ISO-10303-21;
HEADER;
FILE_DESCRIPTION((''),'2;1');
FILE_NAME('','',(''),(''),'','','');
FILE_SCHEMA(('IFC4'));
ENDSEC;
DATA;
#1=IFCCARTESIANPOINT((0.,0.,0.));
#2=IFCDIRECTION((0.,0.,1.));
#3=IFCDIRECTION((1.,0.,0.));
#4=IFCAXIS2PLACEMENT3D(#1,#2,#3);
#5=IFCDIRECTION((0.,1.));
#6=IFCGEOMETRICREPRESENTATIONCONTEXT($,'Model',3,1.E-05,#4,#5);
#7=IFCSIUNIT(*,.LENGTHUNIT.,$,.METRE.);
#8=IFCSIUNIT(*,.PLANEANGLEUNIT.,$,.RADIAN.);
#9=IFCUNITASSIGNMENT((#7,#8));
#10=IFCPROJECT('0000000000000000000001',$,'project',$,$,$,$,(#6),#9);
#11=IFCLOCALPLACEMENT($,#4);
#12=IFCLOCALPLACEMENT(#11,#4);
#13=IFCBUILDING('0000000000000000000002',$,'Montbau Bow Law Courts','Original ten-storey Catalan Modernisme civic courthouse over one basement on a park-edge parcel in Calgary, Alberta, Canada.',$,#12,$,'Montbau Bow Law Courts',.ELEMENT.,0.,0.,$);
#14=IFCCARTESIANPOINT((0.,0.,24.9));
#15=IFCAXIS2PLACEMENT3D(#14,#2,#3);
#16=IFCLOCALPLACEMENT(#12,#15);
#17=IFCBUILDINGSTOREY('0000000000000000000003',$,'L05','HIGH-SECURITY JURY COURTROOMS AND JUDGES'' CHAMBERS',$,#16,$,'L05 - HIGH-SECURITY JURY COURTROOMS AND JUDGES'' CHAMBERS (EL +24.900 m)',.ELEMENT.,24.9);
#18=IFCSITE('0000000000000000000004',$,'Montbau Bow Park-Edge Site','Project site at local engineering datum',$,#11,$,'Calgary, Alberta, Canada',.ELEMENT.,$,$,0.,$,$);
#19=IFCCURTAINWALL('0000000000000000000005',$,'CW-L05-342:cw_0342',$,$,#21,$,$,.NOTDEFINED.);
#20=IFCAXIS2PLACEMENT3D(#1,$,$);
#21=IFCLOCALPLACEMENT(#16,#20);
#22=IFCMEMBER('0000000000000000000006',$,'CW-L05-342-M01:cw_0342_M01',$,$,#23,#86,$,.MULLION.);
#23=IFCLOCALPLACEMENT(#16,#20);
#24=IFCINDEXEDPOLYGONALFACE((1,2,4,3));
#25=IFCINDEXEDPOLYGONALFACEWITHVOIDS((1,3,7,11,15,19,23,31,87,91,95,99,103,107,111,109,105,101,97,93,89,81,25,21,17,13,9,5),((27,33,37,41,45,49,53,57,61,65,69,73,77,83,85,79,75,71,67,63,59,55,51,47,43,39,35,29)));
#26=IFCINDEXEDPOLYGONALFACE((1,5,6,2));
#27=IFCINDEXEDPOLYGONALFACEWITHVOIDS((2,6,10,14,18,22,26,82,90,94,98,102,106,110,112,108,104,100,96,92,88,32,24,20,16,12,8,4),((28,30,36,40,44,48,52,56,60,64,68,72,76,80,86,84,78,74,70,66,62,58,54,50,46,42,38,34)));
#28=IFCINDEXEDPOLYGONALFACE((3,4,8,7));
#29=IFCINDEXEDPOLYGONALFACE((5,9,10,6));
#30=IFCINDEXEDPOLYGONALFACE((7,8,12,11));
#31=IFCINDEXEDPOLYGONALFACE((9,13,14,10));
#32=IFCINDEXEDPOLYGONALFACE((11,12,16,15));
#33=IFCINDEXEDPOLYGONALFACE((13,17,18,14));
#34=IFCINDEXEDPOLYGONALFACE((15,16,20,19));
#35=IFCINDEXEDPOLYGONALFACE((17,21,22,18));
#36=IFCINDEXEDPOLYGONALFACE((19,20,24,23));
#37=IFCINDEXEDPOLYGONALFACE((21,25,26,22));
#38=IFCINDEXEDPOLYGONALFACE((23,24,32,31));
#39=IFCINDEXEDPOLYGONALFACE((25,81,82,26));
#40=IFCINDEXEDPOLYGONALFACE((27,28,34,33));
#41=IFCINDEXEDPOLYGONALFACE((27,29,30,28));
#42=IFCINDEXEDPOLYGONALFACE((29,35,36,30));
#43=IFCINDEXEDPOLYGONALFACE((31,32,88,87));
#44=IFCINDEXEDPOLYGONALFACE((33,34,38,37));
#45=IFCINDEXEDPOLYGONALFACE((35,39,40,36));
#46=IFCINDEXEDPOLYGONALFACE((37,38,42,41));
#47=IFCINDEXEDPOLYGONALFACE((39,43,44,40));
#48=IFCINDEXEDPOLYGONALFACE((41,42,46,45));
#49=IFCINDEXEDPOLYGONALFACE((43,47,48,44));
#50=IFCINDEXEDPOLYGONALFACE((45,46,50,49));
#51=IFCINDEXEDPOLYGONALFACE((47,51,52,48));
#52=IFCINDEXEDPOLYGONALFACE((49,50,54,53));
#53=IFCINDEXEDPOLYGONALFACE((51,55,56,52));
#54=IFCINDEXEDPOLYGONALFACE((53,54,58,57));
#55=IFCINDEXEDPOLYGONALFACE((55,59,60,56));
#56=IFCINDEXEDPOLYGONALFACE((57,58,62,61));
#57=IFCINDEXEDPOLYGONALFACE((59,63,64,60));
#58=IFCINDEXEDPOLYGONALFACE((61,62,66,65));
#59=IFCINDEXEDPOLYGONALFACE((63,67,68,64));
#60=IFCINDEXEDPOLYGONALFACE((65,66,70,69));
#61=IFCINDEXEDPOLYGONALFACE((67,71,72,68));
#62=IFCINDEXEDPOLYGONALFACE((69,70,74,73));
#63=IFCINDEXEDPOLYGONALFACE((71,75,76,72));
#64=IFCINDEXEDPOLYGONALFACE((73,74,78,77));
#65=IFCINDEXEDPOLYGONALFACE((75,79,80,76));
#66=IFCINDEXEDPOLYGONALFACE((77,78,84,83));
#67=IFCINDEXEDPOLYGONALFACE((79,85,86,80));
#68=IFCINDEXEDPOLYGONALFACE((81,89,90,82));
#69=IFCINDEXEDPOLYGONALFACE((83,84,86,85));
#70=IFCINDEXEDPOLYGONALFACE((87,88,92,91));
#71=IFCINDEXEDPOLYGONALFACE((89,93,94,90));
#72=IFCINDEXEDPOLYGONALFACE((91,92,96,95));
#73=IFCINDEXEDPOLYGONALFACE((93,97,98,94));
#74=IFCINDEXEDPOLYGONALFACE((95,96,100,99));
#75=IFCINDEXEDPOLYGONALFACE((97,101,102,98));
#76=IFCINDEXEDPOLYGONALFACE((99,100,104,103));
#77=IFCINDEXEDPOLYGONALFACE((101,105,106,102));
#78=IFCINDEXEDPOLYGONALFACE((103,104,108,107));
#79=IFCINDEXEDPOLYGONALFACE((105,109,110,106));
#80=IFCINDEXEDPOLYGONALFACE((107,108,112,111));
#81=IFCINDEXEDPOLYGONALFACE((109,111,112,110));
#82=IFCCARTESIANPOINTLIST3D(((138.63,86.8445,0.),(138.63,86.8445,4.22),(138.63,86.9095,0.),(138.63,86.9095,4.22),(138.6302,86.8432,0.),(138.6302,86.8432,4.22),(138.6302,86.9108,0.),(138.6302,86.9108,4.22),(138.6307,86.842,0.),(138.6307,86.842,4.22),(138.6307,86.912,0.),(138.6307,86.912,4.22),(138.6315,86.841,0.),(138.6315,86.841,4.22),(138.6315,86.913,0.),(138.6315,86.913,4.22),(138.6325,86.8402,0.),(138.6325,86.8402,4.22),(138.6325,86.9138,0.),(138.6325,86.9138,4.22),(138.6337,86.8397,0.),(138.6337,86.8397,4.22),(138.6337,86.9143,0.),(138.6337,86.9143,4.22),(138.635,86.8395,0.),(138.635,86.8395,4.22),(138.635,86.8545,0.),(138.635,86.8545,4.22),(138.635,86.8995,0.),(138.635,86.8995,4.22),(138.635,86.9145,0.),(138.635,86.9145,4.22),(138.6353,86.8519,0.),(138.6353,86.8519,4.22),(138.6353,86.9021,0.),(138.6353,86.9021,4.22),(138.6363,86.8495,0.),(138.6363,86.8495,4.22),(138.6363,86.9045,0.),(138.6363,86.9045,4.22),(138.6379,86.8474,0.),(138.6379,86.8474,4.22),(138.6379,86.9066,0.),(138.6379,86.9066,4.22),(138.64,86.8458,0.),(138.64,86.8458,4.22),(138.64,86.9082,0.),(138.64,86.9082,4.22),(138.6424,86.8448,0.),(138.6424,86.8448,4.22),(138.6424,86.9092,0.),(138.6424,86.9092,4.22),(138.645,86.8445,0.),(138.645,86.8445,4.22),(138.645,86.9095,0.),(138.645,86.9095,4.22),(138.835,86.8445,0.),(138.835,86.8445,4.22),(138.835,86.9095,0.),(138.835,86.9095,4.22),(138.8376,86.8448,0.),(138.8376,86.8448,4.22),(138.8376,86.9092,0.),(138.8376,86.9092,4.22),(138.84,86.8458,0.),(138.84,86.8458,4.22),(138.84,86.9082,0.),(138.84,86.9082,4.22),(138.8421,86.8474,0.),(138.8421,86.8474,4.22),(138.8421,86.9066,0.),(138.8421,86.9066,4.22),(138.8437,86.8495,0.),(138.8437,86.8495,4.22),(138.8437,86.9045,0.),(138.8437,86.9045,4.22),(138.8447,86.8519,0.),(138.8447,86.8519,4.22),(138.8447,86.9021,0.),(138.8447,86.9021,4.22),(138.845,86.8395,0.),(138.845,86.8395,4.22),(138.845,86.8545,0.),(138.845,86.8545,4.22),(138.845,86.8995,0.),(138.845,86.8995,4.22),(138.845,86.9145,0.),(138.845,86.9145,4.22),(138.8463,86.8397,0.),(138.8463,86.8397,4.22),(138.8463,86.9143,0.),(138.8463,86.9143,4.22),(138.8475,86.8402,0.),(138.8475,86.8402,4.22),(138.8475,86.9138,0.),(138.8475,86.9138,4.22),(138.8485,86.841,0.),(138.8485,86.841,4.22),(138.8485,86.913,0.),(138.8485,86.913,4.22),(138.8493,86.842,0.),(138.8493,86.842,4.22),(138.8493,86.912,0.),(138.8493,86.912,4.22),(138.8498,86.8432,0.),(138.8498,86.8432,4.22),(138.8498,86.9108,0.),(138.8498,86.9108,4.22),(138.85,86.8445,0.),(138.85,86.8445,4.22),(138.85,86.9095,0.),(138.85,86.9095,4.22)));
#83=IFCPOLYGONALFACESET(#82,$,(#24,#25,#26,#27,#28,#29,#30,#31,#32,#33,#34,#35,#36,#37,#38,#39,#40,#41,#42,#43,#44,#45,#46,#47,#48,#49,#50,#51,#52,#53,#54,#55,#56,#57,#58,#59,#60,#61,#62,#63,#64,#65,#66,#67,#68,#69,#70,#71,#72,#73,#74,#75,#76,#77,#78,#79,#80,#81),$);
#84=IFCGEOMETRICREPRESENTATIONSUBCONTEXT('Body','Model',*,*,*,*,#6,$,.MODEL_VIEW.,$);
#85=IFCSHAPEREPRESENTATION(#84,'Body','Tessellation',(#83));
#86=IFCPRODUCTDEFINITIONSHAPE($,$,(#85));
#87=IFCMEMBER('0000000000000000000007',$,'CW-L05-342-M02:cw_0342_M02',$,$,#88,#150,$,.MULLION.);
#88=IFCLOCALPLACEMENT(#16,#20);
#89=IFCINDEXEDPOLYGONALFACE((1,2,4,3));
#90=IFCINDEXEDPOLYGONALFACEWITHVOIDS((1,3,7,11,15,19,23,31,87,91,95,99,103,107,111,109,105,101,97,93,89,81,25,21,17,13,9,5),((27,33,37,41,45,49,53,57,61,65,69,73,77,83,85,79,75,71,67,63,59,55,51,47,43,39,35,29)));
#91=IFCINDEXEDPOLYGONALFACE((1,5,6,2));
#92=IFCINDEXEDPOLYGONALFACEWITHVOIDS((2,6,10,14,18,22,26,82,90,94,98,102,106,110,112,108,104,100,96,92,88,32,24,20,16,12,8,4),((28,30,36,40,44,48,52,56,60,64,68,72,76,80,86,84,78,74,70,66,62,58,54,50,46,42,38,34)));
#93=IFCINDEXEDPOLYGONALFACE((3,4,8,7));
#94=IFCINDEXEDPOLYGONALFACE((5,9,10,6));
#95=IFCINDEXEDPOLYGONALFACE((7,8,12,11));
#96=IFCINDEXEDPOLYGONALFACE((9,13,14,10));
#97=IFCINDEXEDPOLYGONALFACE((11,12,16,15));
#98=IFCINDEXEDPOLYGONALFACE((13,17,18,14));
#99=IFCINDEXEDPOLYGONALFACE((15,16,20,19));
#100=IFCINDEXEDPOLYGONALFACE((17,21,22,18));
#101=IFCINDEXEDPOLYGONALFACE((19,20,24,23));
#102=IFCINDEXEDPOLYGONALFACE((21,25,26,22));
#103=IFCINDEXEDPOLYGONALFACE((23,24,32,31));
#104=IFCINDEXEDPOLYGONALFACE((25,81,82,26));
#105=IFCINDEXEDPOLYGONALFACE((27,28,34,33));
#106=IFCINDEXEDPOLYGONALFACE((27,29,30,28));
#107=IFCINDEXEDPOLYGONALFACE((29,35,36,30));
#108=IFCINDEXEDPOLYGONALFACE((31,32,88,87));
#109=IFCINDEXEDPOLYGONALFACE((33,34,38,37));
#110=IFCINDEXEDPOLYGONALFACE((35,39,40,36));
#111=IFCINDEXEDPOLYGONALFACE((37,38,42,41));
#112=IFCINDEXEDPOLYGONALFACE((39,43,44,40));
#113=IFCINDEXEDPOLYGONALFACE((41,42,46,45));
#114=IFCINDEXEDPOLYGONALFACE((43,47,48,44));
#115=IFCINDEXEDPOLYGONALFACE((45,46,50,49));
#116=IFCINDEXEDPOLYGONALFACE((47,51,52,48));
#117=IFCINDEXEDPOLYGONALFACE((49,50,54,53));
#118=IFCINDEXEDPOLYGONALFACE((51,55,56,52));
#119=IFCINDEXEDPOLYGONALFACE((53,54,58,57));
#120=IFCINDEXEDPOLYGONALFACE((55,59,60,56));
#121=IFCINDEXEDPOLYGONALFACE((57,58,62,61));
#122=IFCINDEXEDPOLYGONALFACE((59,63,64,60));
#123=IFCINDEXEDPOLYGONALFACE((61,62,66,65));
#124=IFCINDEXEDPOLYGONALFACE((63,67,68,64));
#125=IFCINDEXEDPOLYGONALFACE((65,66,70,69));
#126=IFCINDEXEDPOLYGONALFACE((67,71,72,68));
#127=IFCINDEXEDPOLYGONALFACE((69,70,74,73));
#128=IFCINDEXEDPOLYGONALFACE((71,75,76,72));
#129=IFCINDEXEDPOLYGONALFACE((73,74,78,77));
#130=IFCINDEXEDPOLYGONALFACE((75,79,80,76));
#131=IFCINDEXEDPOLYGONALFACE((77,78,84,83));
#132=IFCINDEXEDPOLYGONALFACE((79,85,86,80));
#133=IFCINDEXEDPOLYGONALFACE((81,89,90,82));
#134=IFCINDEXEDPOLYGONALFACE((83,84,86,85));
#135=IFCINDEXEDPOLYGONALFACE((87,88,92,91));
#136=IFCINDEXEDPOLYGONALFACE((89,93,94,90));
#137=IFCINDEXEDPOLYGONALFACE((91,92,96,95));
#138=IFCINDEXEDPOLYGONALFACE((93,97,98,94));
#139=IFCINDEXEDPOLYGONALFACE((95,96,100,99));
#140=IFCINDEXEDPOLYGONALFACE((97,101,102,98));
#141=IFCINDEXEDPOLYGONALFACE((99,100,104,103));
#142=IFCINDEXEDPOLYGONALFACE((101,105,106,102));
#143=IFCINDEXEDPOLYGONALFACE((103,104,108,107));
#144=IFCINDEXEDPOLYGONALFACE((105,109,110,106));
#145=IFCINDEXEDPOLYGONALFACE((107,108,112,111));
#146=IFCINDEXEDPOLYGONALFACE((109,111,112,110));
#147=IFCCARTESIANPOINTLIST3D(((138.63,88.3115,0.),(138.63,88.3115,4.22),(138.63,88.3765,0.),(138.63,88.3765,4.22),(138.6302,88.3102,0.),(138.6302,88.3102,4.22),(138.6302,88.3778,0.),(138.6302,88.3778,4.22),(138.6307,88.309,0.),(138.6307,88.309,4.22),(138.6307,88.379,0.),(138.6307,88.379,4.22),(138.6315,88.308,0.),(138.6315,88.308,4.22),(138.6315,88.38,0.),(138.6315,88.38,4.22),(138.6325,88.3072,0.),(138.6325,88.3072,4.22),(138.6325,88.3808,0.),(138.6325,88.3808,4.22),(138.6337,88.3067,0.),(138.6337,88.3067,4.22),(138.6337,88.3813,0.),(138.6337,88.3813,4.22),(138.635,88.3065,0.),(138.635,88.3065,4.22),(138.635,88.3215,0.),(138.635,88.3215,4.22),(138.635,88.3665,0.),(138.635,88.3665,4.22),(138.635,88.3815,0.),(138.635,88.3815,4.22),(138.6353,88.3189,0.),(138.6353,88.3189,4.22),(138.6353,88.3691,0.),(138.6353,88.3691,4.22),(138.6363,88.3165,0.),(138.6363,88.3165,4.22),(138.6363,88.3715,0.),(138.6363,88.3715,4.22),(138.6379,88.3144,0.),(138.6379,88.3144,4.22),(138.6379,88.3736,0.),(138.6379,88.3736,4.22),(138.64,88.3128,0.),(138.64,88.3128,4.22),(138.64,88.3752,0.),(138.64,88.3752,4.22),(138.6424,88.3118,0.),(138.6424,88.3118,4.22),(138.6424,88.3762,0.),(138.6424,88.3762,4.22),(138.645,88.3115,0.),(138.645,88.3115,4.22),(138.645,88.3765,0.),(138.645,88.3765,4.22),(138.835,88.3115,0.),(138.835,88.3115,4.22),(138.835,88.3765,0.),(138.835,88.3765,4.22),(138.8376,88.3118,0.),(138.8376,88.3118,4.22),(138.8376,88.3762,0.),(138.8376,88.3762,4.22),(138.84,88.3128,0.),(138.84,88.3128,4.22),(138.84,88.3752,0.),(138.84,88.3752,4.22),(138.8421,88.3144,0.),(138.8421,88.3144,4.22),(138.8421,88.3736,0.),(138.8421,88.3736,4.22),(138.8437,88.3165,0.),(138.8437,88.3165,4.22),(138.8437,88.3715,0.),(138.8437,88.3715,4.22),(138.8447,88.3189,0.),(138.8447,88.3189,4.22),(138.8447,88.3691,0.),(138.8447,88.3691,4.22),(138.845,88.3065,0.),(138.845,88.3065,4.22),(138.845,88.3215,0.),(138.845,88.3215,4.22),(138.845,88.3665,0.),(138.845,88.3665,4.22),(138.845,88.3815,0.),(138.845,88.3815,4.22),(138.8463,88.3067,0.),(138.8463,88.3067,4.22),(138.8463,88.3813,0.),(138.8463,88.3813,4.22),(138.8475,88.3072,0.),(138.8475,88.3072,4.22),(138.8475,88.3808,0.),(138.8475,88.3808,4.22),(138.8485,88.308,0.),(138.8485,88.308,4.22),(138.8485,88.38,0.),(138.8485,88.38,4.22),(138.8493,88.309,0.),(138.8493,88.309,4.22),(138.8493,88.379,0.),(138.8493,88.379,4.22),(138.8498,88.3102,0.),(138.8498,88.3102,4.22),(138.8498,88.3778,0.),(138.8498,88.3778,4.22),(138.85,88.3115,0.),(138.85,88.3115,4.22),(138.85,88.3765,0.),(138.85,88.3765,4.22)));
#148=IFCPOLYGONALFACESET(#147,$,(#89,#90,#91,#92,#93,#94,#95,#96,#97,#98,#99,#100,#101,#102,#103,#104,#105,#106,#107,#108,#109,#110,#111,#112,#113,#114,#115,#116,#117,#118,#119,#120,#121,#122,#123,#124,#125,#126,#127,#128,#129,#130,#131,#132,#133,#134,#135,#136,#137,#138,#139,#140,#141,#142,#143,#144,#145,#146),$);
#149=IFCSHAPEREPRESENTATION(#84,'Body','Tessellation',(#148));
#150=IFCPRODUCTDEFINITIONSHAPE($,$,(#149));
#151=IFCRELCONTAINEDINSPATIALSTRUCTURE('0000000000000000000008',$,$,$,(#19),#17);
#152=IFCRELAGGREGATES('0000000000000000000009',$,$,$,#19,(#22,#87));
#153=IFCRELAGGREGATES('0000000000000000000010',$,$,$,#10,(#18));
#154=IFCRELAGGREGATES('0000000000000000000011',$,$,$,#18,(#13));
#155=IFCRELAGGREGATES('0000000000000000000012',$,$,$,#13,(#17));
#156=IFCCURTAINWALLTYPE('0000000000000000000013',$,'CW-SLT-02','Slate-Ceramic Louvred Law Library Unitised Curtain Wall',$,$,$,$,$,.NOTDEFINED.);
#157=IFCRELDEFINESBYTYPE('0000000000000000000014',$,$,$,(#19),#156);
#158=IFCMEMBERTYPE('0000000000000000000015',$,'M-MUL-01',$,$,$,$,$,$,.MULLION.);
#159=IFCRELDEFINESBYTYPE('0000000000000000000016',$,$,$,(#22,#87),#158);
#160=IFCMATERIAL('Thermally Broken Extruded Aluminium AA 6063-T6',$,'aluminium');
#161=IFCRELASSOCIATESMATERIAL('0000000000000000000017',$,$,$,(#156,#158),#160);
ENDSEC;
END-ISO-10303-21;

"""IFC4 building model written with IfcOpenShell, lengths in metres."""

from ifc_helpers import new_model, si_unit, direction, frame, origin_with_axes, origin_2d_with_axis, place, context, subcontext, project, spatial, hollow_rectangle, extrude, material, material_profile, profile_set, type_object, element, aggregate, save


model = new_model("IFC4")

# Units and contexts
model_context = context("Model", 3, precision=1e-05, world=origin_with_axes(), true_north=direction((0.0, 1.0)))
body_context = subcontext(model_context, "Body", "Model", "MODEL_VIEW")
ifc_project = project(units=[si_unit("LENGTHUNIT", "METRE"), si_unit("PLANEANGLEUNIT", "RADIAN")], contexts=[model_context])

# Site, building, storey
site_placement = place(None, origin_with_axes())
site = spatial("IfcSite", under=ifc_project, at=site_placement, Name="Montbau Bow Park-Edge Site", Description="Project site at local engineering datum", LongName="Calgary, Alberta, Canada", CompositionType="ELEMENT", RefElevation=0.0)
building_placement = place(site_placement, origin_with_axes())
building = spatial("IfcBuilding", under=site, at=building_placement, Name="Montbau Bow Law Courts", Description="Original ten-storey Catalan Modernisme civic courthouse over one basement on a park-edge parcel in Calgary, Alberta, Canada.", LongName="Montbau Bow Law Courts", CompositionType="ELEMENT", ElevationOfRefHeight=0.0, ElevationOfTerrain=0.0)
storey_placement = place(building_placement, frame((0.0, 0.0, 24.9), z_axis=(0.0, 0.0, 1.0), x_axis=(1.0, 0.0, 0.0)))
storey = spatial("IfcBuildingStorey", under=building, at=storey_placement, Name="L05", Description="HIGH-SECURITY JURY COURTROOMS AND JUDGES' CHAMBERS", LongName="L05 - HIGH-SECURITY JURY COURTROOMS AND JUDGES' CHAMBERS (EL +24.900 m)", CompositionType="ELEMENT", Elevation=24.9)

# Curtain wall, members
ifc_material_1 = material(Name="Thermally Broken Extruded Aluminium AA 6063-T6", Category="aluminium")
curtain_wall_type = type_object("IfcCurtainWallType", Name="CW-SLT-02", Description="Slate-Ceramic Louvred Law Library Unitised Curtain Wall", PredefinedType="NOTDEFINED", material=ifc_material_1)
curtain_wall_placement = place(None, frame((138.74, 86.84, 24.9), z_axis=(0.0, 0.0, 1.0), x_axis=(1.0, 0.0, 0.0)))
curtain_wall = element("IfcCurtainWall", 1, at=curtain_wall_placement, inside=storey, type_object=curtain_wall_type, Name="CW-L05-342:cw_0342", PredefinedType="NOTDEFINED")
ifc_material_profile_1 = material_profile(ifc_material_1, hollow_rectangle(XDim=0.075, YDim=0.22, WallThickness=0.005, InnerFilletRadius=0.01, OuterFilletRadius=0.005, at=origin_2d_with_axis()), Name="CWM-220X75", Category="Main", Priority=0)
ifc_profile_set_1 = profile_set([ifc_material_profile_1], Name="Thermally Broken Extruded Aluminium AA 6063-T6")
member_type_1 = type_object("IfcMemberType", Name="M-MUL-01", PredefinedType="MULLION", material=ifc_profile_set_1)
member_1_placement = place(None, frame((138.74, 86.877, 24.9), z_axis=(0.0, 0.0, 1.0), x_axis=(0.0, 1.0, 0.0)))
member_1 = element("IfcMember", 2, at=member_1_placement, type_object=member_type_1, Name="CW-L05-342-M01:cw_0342_M01", PredefinedType="MULLION", context=body_context, shape_type="SweptSolid", body=[
    extrude(hollow_rectangle(XDim=0.075, YDim=0.22, WallThickness=0.005, InnerFilletRadius=0.01, OuterFilletRadius=0.005, at=origin_2d_with_axis()), origin_with_axes(), (0.0, 0.0, 1.0), 4.22),
])
member_2_placement = place(None, frame((138.74, 88.344, 24.9), z_axis=(0.0, 0.0, 1.0), x_axis=(0.0, 1.0, 0.0)))
member_2 = element("IfcMember", 3, at=member_2_placement, type_object=member_type_1, Name="CW-L05-342-M02:cw_0342_M02", PredefinedType="MULLION", context=body_context, shape_type="SweptSolid", body=[
    extrude(hollow_rectangle(XDim=0.075, YDim=0.22, WallThickness=0.005, InnerFilletRadius=0.01, OuterFilletRadius=0.005, at=origin_2d_with_axis()), origin_with_axes(), (0.0, 0.0, 1.0), 4.22),
])
aggregate(curtain_wall, [member_1, member_2])

save(model, "model.ifc")
